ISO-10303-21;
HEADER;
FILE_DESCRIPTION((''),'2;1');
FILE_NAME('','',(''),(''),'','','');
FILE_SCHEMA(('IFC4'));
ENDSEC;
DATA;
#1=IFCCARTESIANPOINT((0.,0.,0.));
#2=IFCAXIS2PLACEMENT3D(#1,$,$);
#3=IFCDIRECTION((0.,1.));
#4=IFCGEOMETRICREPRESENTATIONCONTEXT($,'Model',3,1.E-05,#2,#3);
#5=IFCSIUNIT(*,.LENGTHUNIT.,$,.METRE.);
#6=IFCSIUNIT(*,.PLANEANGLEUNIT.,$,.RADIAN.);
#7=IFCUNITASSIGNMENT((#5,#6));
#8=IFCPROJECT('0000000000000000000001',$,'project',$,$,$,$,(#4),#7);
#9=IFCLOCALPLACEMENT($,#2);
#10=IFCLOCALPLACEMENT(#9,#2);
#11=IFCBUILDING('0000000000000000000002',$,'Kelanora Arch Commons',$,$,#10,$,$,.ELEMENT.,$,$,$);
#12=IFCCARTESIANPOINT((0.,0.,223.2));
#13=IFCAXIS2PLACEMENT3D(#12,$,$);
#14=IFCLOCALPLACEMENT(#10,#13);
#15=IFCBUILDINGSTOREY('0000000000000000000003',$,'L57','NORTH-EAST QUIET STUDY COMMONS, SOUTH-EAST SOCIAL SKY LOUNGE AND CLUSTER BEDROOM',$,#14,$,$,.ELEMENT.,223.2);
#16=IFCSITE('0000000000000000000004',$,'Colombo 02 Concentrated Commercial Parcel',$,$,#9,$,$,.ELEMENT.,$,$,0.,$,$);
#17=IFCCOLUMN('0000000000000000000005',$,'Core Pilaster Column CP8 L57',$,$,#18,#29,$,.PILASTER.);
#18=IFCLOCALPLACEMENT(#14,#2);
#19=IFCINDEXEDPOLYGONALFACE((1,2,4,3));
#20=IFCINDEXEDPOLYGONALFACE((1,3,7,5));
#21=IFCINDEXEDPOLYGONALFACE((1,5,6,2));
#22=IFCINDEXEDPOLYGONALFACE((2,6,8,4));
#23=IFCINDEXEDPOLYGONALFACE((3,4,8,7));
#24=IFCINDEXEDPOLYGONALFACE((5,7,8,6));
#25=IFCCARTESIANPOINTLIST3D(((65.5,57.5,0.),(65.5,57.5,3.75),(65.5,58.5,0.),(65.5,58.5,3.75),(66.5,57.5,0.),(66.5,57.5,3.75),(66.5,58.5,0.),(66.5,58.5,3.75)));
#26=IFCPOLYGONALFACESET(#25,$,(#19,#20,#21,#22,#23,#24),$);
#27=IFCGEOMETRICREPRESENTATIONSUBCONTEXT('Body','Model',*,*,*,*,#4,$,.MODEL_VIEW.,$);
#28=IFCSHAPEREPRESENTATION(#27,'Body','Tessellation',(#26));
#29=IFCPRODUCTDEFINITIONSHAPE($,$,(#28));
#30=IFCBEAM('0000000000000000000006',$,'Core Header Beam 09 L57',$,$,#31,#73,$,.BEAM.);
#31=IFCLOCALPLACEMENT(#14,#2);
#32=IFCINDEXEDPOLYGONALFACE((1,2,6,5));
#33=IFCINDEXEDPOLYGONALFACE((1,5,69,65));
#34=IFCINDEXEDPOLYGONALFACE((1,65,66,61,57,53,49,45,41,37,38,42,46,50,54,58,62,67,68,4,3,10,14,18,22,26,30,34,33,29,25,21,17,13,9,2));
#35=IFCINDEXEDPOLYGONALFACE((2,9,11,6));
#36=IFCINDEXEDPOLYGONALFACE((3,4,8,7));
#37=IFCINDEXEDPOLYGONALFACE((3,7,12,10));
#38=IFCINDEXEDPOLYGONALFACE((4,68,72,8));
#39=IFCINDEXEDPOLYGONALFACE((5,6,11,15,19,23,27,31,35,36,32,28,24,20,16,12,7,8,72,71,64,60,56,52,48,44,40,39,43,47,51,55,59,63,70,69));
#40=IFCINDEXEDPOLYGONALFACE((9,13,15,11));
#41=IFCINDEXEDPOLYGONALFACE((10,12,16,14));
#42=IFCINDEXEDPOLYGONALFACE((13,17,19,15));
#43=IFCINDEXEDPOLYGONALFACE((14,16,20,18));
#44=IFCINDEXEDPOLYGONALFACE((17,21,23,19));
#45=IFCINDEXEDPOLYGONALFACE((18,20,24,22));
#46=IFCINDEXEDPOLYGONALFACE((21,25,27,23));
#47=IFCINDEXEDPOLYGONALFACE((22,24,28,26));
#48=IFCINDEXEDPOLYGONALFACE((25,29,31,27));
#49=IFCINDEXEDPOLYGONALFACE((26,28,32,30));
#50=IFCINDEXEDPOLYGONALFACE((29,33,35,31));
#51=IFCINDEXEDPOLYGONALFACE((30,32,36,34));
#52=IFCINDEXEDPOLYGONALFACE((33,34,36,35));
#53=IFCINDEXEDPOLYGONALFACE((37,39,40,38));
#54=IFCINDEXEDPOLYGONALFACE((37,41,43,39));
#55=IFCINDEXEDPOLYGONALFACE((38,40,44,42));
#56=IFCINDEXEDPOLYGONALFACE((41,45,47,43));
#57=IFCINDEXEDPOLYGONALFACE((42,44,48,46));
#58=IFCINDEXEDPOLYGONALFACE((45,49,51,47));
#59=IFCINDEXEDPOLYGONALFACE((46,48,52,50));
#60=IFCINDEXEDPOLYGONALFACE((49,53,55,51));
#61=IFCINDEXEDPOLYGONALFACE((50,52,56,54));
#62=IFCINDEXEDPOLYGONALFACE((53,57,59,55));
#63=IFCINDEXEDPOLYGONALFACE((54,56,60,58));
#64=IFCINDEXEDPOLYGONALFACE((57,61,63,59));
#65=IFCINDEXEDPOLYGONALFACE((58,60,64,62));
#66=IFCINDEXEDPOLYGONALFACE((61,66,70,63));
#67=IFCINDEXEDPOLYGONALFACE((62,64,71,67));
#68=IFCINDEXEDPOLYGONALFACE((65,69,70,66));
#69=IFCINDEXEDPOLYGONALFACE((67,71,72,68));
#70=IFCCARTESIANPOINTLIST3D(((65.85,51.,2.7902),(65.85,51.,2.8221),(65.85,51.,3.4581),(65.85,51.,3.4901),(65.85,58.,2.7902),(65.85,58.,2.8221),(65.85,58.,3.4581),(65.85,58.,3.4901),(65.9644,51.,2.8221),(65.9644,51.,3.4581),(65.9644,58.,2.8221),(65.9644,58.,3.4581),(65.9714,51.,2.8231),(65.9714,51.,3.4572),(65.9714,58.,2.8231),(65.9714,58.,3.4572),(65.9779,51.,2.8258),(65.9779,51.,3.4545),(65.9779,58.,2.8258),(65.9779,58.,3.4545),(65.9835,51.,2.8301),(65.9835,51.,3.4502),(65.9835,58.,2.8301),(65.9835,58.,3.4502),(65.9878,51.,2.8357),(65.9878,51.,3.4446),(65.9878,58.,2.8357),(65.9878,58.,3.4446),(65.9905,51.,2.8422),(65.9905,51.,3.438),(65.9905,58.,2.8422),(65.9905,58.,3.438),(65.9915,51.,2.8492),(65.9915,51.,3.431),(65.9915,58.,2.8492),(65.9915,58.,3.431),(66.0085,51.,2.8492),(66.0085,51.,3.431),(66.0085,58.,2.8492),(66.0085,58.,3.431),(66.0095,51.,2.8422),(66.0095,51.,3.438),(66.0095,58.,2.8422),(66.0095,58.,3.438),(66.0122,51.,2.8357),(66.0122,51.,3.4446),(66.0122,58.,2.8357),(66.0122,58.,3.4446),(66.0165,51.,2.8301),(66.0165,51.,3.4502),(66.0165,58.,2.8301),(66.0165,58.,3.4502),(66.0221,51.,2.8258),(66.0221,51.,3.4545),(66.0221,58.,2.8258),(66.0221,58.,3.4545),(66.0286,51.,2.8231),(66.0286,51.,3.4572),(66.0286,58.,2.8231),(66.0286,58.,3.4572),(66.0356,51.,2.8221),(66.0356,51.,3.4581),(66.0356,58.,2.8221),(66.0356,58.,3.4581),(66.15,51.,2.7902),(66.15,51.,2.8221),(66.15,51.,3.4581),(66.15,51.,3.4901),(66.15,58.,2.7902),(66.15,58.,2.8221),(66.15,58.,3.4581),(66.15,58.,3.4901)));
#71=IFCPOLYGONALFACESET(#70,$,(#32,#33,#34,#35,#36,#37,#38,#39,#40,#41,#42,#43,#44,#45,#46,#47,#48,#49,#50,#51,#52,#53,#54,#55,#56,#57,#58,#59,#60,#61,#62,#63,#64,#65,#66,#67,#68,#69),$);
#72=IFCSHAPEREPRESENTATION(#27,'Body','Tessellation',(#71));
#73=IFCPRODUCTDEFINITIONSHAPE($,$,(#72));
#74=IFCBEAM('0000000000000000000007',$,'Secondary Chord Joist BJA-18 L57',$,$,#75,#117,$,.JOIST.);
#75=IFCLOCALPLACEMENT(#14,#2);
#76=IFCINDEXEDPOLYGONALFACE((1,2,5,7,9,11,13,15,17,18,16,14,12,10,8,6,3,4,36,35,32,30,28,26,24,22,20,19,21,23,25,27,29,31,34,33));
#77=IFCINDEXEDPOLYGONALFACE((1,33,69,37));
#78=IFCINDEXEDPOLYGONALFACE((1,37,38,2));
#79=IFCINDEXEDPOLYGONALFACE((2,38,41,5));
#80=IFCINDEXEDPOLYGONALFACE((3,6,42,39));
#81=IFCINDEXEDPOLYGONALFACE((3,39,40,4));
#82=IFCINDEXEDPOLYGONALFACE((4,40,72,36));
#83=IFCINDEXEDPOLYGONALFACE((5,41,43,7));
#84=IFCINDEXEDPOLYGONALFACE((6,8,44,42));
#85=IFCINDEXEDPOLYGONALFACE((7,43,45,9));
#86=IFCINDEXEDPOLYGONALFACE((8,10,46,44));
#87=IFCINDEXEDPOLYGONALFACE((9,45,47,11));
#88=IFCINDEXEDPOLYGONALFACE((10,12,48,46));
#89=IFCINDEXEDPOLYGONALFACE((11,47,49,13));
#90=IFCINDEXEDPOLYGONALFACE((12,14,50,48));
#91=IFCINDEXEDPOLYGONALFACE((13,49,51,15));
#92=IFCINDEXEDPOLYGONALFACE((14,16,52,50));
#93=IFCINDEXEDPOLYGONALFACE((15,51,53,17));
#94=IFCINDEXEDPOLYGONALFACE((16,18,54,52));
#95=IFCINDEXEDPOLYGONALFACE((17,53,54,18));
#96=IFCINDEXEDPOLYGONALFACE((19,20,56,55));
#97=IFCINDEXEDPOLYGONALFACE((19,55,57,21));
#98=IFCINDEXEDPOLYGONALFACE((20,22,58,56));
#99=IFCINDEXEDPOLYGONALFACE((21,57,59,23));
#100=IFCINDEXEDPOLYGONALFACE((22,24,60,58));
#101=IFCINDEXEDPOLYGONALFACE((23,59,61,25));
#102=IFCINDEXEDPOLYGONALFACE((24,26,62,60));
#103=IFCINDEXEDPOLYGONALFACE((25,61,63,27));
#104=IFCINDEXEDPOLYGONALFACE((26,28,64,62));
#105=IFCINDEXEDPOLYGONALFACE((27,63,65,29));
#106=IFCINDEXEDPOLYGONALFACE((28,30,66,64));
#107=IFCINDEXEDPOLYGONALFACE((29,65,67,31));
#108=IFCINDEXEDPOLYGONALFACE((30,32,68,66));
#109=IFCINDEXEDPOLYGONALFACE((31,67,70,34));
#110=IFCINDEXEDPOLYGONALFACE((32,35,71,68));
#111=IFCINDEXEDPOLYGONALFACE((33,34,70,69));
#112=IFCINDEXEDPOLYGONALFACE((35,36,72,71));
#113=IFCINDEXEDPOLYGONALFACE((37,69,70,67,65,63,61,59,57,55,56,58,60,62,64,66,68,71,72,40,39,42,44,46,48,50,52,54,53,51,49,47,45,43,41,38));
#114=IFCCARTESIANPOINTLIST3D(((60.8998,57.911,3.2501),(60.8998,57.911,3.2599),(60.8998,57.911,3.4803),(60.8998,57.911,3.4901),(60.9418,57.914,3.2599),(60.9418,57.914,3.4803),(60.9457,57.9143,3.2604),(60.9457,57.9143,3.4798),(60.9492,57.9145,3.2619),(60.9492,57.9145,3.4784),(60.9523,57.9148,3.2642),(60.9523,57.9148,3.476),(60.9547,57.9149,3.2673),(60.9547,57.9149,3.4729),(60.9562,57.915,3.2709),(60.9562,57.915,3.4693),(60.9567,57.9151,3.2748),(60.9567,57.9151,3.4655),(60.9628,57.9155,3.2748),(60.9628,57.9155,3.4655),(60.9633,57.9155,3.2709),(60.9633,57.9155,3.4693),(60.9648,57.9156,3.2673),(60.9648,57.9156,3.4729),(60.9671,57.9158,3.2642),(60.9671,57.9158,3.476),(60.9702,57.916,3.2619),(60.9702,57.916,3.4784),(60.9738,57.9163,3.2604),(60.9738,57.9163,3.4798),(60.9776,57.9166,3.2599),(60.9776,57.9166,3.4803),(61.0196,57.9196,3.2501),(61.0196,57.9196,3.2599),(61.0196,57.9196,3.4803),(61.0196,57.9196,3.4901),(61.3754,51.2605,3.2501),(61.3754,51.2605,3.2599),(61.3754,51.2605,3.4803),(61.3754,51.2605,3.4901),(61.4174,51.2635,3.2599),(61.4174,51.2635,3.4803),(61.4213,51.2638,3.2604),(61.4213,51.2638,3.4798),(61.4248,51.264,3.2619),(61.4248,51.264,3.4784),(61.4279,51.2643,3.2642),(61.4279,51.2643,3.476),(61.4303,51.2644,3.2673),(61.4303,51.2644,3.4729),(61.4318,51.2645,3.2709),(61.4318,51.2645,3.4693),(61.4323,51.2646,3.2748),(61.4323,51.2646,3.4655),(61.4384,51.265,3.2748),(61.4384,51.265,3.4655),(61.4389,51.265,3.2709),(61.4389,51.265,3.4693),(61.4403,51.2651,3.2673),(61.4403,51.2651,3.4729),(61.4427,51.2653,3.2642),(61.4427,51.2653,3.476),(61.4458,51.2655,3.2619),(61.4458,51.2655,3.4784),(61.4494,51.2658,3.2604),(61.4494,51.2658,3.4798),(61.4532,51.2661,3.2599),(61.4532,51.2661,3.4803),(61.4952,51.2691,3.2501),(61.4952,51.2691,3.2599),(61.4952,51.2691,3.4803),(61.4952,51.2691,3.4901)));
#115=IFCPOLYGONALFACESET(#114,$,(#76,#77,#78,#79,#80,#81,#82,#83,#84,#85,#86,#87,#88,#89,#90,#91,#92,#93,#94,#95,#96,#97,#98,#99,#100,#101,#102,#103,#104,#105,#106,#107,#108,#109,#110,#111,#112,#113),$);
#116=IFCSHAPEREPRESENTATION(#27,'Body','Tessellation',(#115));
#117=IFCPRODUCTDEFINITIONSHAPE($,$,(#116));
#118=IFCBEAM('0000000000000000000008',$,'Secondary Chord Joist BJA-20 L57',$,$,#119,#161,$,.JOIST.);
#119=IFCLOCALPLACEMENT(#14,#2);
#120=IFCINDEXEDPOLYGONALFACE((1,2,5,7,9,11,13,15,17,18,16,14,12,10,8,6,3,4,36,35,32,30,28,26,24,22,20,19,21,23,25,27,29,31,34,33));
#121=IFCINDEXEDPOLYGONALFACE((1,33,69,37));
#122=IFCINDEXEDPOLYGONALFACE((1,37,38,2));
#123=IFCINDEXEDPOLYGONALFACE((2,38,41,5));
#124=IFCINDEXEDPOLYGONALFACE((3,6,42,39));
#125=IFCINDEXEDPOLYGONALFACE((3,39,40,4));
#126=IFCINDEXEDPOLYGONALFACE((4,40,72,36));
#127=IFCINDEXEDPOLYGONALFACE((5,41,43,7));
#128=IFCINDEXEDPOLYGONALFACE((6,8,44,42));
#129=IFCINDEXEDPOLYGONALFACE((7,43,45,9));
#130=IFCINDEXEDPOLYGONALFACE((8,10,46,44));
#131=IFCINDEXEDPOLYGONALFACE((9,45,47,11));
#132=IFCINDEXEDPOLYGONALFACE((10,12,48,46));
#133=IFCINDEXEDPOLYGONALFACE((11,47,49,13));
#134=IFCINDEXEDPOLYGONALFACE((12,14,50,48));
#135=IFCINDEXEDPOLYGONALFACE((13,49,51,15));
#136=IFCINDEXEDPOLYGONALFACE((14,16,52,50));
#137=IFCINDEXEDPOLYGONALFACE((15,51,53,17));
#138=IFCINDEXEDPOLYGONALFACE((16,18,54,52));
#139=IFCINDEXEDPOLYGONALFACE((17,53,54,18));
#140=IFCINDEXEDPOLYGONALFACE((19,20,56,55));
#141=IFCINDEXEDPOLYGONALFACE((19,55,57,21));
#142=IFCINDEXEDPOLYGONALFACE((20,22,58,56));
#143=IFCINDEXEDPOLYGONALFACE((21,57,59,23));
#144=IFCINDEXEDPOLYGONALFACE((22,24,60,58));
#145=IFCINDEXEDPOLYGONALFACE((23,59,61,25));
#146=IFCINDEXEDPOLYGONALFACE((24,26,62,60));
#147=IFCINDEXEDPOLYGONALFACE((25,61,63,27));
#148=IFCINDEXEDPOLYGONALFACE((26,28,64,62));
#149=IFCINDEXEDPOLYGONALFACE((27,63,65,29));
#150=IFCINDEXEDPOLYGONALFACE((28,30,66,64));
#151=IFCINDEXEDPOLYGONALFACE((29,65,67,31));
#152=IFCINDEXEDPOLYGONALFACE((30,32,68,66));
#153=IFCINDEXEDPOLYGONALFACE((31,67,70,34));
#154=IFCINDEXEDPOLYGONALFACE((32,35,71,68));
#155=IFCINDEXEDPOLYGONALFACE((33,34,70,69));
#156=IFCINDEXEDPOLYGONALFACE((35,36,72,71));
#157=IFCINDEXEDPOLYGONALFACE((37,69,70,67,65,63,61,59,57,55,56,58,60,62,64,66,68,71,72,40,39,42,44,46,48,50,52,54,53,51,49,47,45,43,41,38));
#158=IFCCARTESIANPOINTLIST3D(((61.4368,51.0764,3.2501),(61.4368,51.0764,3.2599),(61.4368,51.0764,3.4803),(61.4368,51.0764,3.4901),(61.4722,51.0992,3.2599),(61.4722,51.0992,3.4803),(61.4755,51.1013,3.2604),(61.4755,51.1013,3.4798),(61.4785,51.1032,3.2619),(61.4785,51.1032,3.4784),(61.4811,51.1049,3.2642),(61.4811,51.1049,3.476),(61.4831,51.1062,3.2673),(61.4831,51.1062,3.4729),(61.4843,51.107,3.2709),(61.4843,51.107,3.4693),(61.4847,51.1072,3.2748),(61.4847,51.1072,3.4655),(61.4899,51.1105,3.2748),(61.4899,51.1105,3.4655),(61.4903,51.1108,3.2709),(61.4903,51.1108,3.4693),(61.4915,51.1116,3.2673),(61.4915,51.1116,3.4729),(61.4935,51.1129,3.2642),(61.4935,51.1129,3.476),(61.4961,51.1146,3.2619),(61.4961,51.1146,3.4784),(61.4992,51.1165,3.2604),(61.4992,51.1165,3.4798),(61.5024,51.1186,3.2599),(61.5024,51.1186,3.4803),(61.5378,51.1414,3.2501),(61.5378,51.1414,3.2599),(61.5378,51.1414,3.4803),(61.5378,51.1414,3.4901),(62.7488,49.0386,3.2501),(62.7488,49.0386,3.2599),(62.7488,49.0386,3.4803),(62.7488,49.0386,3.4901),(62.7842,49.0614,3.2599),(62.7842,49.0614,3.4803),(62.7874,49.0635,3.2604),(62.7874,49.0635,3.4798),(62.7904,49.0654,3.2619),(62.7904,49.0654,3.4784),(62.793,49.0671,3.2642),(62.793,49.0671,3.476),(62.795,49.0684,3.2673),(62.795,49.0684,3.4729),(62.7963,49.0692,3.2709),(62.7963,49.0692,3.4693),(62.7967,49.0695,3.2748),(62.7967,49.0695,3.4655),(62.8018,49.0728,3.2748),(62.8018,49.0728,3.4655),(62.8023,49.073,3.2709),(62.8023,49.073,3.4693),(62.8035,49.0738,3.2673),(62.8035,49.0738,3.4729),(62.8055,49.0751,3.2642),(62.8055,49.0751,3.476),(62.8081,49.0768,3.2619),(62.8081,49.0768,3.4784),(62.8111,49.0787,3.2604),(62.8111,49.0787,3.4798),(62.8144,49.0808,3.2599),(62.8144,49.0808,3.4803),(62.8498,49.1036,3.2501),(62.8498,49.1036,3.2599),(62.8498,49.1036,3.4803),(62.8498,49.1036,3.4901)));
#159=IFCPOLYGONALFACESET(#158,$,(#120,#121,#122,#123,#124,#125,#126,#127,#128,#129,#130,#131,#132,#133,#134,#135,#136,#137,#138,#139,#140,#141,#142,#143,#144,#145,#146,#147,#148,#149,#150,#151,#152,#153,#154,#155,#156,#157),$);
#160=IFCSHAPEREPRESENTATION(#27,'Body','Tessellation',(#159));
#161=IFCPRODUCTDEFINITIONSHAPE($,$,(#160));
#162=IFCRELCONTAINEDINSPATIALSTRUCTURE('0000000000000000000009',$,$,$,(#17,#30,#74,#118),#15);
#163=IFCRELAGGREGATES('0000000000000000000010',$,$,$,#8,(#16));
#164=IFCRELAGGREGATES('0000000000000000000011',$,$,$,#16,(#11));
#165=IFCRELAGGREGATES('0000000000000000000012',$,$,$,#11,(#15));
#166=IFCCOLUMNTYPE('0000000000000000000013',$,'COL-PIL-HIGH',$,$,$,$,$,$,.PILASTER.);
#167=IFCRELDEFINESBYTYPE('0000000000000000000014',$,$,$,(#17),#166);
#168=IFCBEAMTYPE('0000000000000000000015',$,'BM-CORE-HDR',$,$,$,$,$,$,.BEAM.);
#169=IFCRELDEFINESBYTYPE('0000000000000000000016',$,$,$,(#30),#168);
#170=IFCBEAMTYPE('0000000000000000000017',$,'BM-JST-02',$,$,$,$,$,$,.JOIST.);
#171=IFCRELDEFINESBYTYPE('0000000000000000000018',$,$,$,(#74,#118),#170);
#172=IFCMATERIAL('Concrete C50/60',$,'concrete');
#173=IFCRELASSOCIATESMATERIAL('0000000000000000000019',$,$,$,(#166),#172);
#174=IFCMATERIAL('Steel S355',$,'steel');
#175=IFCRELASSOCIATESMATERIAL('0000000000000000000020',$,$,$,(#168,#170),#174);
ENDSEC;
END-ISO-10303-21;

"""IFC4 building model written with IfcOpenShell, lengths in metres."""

from ifc_helpers import new_model, si_unit, direction, frame, origin, origin_2d, place, context, subcontext, project, spatial, rectangle, i_section, extrude, material, material_profile, profile_set, type_object, element, save


model = new_model("IFC4")

# Units and contexts
model_context = context("Model", 3, precision=1e-05, world=origin(), true_north=direction((0.0, 1.0)))
body_context = subcontext(model_context, "Body", "Model", "MODEL_VIEW")
ifc_project = project(units=[si_unit("LENGTHUNIT", "METRE"), si_unit("PLANEANGLEUNIT", "RADIAN")], contexts=[model_context])

# Site, building, storey
site_placement = place(None, origin())
site = spatial("IfcSite", under=ifc_project, at=site_placement, Name="Colombo 02 Concentrated Commercial Parcel", CompositionType="ELEMENT", RefElevation=0.0)
building_placement = place(site_placement, origin())
building = spatial("IfcBuilding", under=site, at=building_placement, Name="Kelanora Arch Commons", CompositionType="ELEMENT")
storey_placement = place(building_placement, frame((0.0, 0.0, 223.2)))
storey = spatial("IfcBuildingStorey", under=building, at=storey_placement, Name="L57", Description="NORTH-EAST QUIET STUDY COMMONS, SOUTH-EAST SOCIAL SKY LOUNGE AND CLUSTER BEDROOM", CompositionType="ELEMENT", Elevation=223.2)

# Column
ifc_material_1 = material(Name="Concrete C50/60", Category="concrete")
ifc_material_profile_1 = material_profile(ifc_material_1, rectangle(XDim=1.0, YDim=1.0, at=origin_2d()), Name="RC1000x1000")
ifc_profile_set_1 = profile_set([ifc_material_profile_1], Name="Concrete C50/60")
column_type = type_object("IfcColumnType", Name="COL-PIL-HIGH", PredefinedType="PILASTER", material=ifc_profile_set_1)
column_placement = place(storey_placement, frame((66.0, 58.0, 0.0), z_axis=(0.0, 0.0, 1.0), x_axis=(1.0, 0.0, 0.0)))
element("IfcColumn", 1, at=column_placement, inside=storey, type_object=column_type, Name="Core Pilaster Column CP8 L57", PredefinedType="PILASTER", context=body_context, shape_type="SweptSolid", body=[
    extrude(rectangle(XDim=1.0, YDim=1.0, at=origin_2d()), origin(), (0.0, 0.0, 1.0), 3.75),
])

# Beams
ifc_material_2 = material(Name="Steel S355", Category="steel")
ifc_material_profile_2 = material_profile(ifc_material_2, i_section(OverallWidth=0.3, OverallDepth=0.7, WebThickness=0.0171, FlangeThickness=0.032, FilletRadius=0.0271, at=origin_2d()), Name="HEB700")
ifc_profile_set_2 = profile_set([ifc_material_profile_2], Name="Steel S355")
beam_type_1 = type_object("IfcBeamType", Name="BM-CORE-HDR", PredefinedType="BEAM", material=ifc_profile_set_2)
beam_1_placement = place(storey_placement, frame((66.0, 58.0, 3.1401), z_axis=(0.0, -1.0, 0.0), x_axis=(1.0, 0.0, 0.0)))
element("IfcBeam", 2, at=beam_1_placement, inside=storey, type_object=beam_type_1, Name="Core Header Beam 09 L57", PredefinedType="BEAM", context=body_context, shape_type="SweptSolid", body=[
    extrude(i_section(OverallWidth=0.3, OverallDepth=0.7, WebThickness=0.0171, FlangeThickness=0.032, FilletRadius=0.0271, at=origin_2d()), origin(), (0.0, 0.0, 1.0), 7.0),
])
ifc_material_profile_3 = material_profile(ifc_material_2, i_section(OverallWidth=0.1201, OverallDepth=0.24, WebThickness=0.0061, FlangeThickness=0.0098, FilletRadius=0.0149, at=origin_2d()), Name="IPE240")
ifc_profile_set_3 = profile_set([ifc_material_profile_3], Name="Steel S355")
beam_type_2 = type_object("IfcBeamType", Name="BM-JST-02", PredefinedType="JOIST", material=ifc_profile_set_3)
beam_2_placement = place(storey_placement, frame((60.9597, 57.9153, 3.3701), z_axis=(0.07133, -0.997453, 0.0), x_axis=(0.997453, 0.07133, 0.0)))
element("IfcBeam", 3, at=beam_2_placement, inside=storey, type_object=beam_type_2, Name="Secondary Chord Joist BJA-18 L57", PredefinedType="JOIST", context=body_context, shape_type="SweptSolid", body=[
    extrude(i_section(OverallWidth=0.1201, OverallDepth=0.24, WebThickness=0.0061, FlangeThickness=0.0098, FilletRadius=0.0149, at=origin_2d()), origin(), (0.0, 0.0, 1.0), 6.6675),
])
beam_3_placement = place(storey_placement, frame((61.4873, 51.1089, 3.3701), z_axis=(0.541333, -0.840808, 0.0), x_axis=(0.840808, 0.541333, 0.0)))
element("IfcBeam", 4, at=beam_3_placement, inside=storey, type_object=beam_type_2, Name="Secondary Chord Joist BJA-20 L57", PredefinedType="JOIST", context=body_context, shape_type="SweptSolid", body=[
    extrude(i_section(OverallWidth=0.1201, OverallDepth=0.24, WebThickness=0.0061, FlangeThickness=0.0098, FilletRadius=0.0149, at=origin_2d()), origin(), (0.0, 0.0, 1.0), 2.4236),
])

save(model, "model.ifc")
